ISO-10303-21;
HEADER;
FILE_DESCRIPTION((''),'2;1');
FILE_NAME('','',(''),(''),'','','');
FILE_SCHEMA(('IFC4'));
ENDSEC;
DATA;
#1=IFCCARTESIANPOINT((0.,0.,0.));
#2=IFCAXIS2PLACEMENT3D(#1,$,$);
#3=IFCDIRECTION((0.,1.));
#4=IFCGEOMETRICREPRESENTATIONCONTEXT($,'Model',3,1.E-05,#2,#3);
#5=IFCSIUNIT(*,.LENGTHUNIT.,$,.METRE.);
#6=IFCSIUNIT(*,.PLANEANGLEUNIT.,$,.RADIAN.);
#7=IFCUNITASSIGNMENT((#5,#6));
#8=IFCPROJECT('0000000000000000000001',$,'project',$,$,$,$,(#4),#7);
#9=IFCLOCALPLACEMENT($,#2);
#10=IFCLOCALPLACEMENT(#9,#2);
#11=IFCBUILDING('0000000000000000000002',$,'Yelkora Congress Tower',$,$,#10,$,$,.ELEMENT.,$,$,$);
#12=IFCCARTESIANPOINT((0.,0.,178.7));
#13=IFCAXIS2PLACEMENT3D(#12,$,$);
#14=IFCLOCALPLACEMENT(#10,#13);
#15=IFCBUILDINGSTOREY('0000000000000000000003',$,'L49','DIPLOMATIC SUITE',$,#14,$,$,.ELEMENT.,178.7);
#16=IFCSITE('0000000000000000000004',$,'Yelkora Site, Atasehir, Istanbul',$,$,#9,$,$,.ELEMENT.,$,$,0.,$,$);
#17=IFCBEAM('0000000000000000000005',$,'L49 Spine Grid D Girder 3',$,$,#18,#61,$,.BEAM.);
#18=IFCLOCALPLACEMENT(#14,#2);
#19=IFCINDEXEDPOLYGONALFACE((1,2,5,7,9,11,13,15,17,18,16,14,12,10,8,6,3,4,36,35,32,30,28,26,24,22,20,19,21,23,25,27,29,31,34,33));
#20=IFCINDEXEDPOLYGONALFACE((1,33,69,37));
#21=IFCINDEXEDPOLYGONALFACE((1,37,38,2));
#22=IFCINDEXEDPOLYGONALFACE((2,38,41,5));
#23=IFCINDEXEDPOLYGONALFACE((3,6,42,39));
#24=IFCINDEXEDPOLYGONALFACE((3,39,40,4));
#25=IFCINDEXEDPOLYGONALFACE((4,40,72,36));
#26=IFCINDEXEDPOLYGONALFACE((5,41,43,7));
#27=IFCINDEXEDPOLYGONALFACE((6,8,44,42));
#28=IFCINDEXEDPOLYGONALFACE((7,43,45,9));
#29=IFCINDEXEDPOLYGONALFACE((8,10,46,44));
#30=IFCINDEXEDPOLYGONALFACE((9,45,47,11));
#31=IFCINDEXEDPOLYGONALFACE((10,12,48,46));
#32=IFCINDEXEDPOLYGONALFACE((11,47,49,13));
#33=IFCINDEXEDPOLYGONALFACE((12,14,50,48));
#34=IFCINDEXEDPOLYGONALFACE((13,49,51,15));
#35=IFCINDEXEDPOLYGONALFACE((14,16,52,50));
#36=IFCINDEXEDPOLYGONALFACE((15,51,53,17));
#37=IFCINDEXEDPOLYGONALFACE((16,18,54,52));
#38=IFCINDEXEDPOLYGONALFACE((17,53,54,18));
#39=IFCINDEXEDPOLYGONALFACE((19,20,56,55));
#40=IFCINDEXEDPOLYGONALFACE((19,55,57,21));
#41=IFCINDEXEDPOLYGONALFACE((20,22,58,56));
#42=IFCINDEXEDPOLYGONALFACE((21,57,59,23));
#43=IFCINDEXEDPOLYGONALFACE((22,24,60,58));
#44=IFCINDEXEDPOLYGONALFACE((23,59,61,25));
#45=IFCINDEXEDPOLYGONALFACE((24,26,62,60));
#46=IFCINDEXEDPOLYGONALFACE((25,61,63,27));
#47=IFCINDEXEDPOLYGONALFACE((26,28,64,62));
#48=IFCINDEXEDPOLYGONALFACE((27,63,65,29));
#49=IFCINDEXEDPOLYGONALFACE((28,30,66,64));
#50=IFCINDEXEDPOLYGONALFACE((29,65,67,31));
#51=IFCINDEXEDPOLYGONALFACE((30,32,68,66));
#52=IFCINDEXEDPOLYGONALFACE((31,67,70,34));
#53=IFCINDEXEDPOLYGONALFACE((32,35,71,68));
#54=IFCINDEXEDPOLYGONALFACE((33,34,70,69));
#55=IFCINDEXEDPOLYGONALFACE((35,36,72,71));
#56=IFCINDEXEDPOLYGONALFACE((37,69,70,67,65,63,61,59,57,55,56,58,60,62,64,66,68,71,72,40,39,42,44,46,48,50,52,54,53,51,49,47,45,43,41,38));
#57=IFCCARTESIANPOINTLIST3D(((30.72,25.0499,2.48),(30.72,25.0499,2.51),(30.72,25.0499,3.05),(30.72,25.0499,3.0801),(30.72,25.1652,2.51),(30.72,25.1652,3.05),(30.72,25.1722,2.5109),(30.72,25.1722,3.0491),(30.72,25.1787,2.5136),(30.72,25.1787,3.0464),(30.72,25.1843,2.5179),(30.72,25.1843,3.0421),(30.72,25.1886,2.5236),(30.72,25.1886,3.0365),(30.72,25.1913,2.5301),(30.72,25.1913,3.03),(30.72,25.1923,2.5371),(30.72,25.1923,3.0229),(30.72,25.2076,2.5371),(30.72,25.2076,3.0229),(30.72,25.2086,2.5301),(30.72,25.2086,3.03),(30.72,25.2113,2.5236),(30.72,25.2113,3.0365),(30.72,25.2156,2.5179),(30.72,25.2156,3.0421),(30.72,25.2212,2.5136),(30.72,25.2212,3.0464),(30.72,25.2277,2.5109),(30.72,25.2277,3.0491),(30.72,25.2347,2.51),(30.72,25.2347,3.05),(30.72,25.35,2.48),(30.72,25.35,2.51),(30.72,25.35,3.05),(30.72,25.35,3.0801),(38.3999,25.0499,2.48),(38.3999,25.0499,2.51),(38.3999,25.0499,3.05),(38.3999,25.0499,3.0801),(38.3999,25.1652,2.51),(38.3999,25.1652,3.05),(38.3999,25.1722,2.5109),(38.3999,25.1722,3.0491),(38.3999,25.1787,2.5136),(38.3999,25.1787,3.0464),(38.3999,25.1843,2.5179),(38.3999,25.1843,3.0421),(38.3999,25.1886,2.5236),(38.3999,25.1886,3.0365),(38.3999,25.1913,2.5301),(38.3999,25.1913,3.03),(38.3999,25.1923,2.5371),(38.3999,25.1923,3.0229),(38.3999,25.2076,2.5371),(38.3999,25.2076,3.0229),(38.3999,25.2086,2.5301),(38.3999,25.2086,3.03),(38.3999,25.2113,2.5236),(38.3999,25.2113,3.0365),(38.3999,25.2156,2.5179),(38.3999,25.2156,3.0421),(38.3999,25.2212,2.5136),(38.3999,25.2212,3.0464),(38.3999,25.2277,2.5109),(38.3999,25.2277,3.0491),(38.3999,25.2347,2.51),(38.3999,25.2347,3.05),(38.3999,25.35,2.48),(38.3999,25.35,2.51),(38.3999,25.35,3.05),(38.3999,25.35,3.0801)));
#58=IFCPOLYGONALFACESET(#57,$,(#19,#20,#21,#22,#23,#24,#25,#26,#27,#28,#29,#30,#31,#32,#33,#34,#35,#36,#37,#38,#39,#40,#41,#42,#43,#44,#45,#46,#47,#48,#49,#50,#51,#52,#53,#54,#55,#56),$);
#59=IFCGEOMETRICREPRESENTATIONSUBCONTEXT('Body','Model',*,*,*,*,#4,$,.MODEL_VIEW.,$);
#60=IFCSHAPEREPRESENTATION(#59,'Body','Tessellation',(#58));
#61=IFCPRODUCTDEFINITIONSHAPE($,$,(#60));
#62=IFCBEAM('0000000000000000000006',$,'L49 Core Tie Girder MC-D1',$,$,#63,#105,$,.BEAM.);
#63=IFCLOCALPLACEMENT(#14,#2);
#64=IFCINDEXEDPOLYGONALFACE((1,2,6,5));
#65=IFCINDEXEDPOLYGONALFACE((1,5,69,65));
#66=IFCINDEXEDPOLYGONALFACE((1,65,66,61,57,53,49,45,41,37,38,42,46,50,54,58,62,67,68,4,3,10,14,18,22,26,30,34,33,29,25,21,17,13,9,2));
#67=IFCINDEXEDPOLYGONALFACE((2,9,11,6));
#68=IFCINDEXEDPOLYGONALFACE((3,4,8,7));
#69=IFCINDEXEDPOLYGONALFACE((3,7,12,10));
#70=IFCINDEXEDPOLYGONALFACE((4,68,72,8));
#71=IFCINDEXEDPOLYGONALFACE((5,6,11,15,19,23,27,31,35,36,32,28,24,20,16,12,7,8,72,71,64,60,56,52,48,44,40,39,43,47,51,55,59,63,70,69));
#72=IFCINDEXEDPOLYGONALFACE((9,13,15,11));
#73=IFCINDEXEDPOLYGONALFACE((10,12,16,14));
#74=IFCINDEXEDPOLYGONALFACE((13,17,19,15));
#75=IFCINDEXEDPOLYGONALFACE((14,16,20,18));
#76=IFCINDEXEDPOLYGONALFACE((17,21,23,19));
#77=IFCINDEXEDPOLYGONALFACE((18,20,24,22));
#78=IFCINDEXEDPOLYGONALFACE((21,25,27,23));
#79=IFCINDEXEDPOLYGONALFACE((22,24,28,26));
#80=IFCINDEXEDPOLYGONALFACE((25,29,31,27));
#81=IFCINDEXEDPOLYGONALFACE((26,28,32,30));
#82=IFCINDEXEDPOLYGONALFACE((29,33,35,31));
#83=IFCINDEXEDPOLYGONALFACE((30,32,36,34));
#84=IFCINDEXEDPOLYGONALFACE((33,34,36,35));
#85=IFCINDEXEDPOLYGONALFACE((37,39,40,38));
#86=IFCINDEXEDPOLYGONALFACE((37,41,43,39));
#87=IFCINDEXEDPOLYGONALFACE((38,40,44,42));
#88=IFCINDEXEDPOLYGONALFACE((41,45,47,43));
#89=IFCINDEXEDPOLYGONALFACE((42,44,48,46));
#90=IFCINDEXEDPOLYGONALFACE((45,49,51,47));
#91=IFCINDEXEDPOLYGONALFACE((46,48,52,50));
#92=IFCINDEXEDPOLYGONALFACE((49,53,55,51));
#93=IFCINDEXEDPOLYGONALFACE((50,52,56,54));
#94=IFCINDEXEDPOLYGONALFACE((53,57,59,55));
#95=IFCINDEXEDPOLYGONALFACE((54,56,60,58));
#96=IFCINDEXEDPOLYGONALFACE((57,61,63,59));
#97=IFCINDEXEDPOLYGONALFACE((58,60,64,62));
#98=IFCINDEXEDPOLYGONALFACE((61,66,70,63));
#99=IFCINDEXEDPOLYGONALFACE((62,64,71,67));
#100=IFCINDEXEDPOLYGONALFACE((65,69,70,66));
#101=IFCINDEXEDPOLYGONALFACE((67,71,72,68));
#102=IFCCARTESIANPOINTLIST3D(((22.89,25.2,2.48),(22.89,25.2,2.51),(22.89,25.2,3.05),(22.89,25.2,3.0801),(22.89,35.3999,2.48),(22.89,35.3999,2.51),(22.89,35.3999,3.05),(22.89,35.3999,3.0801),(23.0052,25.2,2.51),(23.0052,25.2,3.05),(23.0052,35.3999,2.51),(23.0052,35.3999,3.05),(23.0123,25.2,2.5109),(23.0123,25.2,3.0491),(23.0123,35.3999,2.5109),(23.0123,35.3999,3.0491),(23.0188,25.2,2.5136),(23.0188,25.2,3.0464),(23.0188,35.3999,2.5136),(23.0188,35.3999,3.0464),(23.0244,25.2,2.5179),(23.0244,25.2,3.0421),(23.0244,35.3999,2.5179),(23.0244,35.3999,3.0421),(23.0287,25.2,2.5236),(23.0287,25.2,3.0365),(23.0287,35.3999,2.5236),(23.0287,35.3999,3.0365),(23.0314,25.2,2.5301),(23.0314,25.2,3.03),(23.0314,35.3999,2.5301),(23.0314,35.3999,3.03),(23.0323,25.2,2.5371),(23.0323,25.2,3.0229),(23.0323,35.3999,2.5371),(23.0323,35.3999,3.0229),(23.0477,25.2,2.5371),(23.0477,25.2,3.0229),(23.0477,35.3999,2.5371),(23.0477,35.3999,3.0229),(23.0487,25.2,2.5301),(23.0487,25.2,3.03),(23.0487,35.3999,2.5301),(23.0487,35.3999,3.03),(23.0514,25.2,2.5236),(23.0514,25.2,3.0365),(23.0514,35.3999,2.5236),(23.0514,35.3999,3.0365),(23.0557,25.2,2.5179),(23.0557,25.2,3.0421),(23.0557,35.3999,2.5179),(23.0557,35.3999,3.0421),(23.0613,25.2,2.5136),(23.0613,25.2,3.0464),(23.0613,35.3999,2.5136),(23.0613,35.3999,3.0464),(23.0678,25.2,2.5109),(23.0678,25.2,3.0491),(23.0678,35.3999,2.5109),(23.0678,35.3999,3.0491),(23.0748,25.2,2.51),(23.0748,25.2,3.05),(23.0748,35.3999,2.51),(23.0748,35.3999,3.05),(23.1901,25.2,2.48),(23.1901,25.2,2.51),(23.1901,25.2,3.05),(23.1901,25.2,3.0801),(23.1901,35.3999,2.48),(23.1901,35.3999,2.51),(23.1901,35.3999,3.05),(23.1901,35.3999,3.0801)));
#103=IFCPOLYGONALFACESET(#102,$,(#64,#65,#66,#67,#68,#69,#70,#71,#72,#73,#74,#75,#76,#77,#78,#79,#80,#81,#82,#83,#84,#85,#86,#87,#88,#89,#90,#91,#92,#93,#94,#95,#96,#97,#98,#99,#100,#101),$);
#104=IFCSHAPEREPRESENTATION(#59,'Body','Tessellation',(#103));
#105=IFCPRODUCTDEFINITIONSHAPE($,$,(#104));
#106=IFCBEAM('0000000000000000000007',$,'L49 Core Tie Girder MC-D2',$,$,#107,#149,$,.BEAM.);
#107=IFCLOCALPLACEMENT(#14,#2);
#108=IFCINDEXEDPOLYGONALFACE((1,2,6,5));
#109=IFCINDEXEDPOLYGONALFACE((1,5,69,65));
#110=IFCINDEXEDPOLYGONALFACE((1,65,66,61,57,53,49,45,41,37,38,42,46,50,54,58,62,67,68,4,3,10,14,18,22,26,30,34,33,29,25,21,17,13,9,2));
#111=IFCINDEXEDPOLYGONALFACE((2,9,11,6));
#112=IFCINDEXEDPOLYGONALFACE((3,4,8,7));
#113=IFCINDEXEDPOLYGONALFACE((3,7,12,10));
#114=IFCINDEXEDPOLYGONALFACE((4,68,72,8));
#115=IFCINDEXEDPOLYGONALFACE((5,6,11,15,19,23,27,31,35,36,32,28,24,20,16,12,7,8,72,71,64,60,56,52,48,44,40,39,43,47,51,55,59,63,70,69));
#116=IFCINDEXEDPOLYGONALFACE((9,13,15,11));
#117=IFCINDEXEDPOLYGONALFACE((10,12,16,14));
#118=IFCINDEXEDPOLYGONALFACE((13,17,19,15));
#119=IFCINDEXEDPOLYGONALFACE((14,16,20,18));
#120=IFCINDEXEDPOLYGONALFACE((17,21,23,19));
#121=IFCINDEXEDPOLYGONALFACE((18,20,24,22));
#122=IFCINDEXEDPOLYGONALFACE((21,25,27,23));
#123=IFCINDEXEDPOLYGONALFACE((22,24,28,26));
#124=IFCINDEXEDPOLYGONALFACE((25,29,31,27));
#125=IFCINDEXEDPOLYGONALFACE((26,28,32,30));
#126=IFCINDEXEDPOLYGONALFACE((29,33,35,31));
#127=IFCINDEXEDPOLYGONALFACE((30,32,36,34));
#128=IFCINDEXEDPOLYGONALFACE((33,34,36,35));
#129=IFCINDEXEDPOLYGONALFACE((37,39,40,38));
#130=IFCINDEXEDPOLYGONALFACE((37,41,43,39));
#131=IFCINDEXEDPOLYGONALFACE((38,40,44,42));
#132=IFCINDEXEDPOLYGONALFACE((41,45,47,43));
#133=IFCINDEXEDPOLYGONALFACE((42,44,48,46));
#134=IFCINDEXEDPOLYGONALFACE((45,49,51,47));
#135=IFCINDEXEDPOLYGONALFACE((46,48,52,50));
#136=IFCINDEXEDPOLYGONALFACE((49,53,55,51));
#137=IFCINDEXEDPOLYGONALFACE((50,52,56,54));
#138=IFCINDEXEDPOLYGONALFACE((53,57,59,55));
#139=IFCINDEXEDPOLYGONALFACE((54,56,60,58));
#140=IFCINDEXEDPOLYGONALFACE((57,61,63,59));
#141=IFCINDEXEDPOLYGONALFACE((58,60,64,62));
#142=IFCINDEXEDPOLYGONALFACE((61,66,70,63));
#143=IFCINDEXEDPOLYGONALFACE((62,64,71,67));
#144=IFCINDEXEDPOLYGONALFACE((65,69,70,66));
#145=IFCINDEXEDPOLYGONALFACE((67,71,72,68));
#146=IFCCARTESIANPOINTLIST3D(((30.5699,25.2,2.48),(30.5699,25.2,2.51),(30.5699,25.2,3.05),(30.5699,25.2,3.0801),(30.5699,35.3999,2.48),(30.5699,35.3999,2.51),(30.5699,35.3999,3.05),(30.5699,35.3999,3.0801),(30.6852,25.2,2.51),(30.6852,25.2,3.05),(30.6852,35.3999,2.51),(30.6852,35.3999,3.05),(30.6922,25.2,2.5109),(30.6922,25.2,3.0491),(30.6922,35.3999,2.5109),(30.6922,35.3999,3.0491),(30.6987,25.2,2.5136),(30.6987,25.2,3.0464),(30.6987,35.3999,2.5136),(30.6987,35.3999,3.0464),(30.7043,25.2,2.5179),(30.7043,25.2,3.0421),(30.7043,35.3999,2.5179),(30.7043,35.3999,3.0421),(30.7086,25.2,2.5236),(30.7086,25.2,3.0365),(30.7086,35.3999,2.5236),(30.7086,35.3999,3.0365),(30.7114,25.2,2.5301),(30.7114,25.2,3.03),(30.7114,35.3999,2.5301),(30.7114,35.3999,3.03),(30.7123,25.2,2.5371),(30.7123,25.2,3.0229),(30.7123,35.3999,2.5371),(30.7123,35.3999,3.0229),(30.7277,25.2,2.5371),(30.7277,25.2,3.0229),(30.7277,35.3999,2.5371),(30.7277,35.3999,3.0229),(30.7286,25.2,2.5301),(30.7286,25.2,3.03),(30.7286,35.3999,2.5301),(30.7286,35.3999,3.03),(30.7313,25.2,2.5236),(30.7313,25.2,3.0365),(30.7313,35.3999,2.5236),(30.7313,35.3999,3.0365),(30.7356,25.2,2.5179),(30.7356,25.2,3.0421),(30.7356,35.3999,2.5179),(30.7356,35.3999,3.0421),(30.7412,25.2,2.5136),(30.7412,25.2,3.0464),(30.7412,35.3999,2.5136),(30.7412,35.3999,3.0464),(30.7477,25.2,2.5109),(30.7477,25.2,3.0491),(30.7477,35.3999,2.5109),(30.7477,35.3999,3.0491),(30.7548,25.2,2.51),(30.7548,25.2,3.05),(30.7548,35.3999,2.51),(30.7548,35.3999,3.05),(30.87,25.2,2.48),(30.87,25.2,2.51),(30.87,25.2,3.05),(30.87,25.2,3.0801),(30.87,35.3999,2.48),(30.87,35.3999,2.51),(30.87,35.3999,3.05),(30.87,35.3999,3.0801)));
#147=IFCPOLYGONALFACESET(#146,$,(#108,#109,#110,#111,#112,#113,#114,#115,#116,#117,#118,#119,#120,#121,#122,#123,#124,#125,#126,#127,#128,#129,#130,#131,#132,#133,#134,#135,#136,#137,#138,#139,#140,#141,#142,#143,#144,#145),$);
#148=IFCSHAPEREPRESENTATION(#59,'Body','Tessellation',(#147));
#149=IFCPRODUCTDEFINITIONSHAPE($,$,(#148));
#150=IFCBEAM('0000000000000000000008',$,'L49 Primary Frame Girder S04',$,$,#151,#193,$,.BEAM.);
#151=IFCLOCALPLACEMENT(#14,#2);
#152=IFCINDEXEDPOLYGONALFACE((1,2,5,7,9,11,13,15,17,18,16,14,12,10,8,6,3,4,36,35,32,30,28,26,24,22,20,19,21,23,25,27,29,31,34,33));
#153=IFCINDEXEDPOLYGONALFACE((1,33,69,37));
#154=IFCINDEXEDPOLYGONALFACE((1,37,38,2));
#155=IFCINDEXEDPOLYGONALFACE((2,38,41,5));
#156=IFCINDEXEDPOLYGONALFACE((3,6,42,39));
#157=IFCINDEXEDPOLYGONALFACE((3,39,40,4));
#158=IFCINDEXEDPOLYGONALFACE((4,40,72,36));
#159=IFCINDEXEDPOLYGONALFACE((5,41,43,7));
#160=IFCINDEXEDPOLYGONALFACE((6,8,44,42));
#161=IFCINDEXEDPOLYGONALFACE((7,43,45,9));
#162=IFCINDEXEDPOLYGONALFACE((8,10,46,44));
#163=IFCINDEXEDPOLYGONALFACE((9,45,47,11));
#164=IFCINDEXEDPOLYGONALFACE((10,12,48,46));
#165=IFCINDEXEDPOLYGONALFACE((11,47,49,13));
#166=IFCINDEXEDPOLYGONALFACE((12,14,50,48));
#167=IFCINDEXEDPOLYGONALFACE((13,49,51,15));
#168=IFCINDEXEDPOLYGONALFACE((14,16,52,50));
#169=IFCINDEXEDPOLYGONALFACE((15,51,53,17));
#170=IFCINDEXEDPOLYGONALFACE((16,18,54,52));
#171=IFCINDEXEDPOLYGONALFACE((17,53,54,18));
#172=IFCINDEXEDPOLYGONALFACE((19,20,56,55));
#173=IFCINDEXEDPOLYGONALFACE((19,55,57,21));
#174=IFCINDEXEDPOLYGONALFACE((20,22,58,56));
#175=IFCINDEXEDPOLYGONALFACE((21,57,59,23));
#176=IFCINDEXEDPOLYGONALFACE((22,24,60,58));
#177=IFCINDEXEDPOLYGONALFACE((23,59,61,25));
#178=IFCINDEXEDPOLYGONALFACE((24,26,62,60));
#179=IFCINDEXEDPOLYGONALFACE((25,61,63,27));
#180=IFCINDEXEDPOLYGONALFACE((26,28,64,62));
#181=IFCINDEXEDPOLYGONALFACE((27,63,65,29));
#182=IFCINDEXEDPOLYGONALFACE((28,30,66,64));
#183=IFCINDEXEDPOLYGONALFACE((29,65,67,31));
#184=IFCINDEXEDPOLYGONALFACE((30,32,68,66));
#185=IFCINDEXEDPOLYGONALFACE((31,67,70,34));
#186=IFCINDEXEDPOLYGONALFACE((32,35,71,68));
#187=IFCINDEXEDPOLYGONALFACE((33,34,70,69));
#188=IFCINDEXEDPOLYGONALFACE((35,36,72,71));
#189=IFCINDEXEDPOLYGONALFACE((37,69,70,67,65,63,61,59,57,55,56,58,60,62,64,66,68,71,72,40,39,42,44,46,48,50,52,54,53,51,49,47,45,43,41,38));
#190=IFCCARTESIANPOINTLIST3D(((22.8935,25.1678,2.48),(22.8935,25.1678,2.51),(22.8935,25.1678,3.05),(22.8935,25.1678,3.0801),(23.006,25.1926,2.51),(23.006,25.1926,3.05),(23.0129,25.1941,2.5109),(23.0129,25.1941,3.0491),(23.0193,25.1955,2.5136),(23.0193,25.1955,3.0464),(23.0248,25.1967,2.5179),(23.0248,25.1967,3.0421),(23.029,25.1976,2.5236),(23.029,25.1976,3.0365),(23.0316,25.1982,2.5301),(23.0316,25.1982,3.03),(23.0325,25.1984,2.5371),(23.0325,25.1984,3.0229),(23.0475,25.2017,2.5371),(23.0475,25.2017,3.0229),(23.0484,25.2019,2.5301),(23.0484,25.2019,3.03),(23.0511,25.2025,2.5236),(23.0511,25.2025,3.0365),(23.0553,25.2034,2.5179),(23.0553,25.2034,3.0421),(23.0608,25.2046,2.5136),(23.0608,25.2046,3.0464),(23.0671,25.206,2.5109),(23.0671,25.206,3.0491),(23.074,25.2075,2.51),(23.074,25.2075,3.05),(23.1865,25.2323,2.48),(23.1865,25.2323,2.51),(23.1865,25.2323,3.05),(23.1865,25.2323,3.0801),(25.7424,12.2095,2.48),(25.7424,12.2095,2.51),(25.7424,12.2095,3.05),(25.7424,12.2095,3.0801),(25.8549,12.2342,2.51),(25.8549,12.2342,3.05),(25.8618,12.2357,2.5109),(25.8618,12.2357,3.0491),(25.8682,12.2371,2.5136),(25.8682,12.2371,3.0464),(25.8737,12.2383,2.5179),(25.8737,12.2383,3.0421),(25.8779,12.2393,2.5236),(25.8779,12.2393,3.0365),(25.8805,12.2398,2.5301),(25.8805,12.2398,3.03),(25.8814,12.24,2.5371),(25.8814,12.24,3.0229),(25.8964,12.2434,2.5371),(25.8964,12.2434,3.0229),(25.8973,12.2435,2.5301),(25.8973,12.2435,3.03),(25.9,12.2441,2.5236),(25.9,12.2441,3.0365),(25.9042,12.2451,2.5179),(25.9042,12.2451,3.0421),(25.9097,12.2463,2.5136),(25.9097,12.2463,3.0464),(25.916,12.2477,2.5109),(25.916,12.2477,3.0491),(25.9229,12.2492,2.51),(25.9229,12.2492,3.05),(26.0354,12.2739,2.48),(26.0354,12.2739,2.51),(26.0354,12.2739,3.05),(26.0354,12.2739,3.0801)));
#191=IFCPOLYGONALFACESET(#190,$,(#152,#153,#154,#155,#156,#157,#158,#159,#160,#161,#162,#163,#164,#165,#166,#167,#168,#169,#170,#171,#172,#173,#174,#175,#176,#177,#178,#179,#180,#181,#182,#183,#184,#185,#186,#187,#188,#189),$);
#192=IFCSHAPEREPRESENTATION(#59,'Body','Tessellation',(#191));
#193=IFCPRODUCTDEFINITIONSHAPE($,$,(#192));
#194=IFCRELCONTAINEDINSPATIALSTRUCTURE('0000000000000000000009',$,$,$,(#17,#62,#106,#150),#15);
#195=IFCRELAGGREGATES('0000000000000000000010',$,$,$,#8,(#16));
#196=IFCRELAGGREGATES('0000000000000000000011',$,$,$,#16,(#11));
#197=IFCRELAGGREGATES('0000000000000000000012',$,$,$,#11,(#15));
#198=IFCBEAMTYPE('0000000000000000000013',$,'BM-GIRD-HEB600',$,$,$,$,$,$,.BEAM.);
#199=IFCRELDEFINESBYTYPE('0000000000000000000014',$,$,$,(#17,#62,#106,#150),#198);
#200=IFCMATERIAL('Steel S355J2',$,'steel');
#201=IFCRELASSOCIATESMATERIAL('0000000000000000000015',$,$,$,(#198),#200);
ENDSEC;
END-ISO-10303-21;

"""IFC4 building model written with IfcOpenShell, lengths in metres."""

from ifc_helpers import new_model, si_unit, direction, frame, origin, origin_2d, place, context, subcontext, project, spatial, i_section, extrude, material, material_profile, profile_set, type_object, element, save


model = new_model("IFC4")

# Units and contexts
model_context = context("Model", 3, precision=1e-05, world=origin(), true_north=direction((0.0, 1.0)))
body_context = subcontext(model_context, "Body", "Model", "MODEL_VIEW")
ifc_project = project(units=[si_unit("LENGTHUNIT", "METRE"), si_unit("PLANEANGLEUNIT", "RADIAN")], contexts=[model_context])

# Site, building, storey
site_placement = place(None, origin())
site = spatial("IfcSite", under=ifc_project, at=site_placement, Name="Yelkora Site, Atasehir, Istanbul", CompositionType="ELEMENT", RefElevation=0.0)
building_placement = place(site_placement, origin())
building = spatial("IfcBuilding", under=site, at=building_placement, Name="Yelkora Congress Tower", CompositionType="ELEMENT")
storey_placement = place(building_placement, frame((0.0, 0.0, 178.7)))
storey = spatial("IfcBuildingStorey", under=building, at=storey_placement, Name="L49", Description="DIPLOMATIC SUITE", CompositionType="ELEMENT", Elevation=178.7)

# Beams
ifc_material_1 = material(Name="Steel S355J2", Category="steel")
ifc_material_profile_1 = material_profile(ifc_material_1, i_section(OverallWidth=0.3, OverallDepth=0.6001, WebThickness=0.0154, FlangeThickness=0.03, FilletRadius=0.0271, at=origin_2d()), Name="HEB 600")
ifc_profile_set_1 = profile_set([ifc_material_profile_1], Name="Steel S355J2")
beam_type_1 = type_object("IfcBeamType", Name="BM-GIRD-HEB600", PredefinedType="BEAM", material=ifc_profile_set_1)
for number, where, z_axis, x_axis, name in (
    (1, (30.72, 25.2, 2.78), (1.0, 0.0, 0.0), (0.0, 1.0, 0.0), "L49 Spine Grid D Girder 3"),
):
    element("IfcBeam", number, at=place(storey_placement, frame(where, z_axis=z_axis, x_axis=x_axis)), inside=storey, type_object=beam_type_1, Name=name, PredefinedType="BEAM", context=body_context, shape_type="SweptSolid", body=[
        extrude(i_section(OverallWidth=0.3, OverallDepth=0.6001, WebThickness=0.0154, FlangeThickness=0.03, FilletRadius=0.0271, at=origin_2d()), origin(), (0.0, 0.0, 1.0), 7.6799),
    ])
for number, where, z_axis, x_axis, name in (
    (2, (23.04, 25.2, 2.78), (0.0, 1.0, 0.0), (-1.0, 0.0, 0.0), "L49 Core Tie Girder MC-D1"),
    (3, (30.72, 25.2, 2.78), (0.0, 1.0, 0.0), (-1.0, 0.0, 0.0), "L49 Core Tie Girder MC-D2"),
):
    element("IfcBeam", number, at=place(storey_placement, frame(where, z_axis=z_axis, x_axis=x_axis)), inside=storey, type_object=beam_type_1, Name=name, PredefinedType="BEAM", context=body_context, shape_type="SweptSolid", body=[
        extrude(i_section(OverallWidth=0.3, OverallDepth=0.6001, WebThickness=0.0154, FlangeThickness=0.03, FilletRadius=0.0271, at=origin_2d()), origin(), (0.0, 0.0, 1.0), 10.2),
    ])
beam_1_placement = place(storey_placement, frame((25.8889, 12.2417, 2.78), z_axis=(-0.214722, 0.976675, 0.0), x_axis=(-0.976675, -0.214722, 0.0)))
element("IfcBeam", 4, at=beam_1_placement, inside=storey, type_object=beam_type_1, Name="L49 Primary Frame Girder S04", PredefinedType="BEAM", context=body_context, shape_type="SweptSolid", body=[
    extrude(i_section(OverallWidth=0.3, OverallDepth=0.6001, WebThickness=0.0154, FlangeThickness=0.03, FilletRadius=0.0271, at=origin_2d()), origin(), (0.0, 0.0, 1.0), 13.2678),
])

save(model, "model.ifc")
